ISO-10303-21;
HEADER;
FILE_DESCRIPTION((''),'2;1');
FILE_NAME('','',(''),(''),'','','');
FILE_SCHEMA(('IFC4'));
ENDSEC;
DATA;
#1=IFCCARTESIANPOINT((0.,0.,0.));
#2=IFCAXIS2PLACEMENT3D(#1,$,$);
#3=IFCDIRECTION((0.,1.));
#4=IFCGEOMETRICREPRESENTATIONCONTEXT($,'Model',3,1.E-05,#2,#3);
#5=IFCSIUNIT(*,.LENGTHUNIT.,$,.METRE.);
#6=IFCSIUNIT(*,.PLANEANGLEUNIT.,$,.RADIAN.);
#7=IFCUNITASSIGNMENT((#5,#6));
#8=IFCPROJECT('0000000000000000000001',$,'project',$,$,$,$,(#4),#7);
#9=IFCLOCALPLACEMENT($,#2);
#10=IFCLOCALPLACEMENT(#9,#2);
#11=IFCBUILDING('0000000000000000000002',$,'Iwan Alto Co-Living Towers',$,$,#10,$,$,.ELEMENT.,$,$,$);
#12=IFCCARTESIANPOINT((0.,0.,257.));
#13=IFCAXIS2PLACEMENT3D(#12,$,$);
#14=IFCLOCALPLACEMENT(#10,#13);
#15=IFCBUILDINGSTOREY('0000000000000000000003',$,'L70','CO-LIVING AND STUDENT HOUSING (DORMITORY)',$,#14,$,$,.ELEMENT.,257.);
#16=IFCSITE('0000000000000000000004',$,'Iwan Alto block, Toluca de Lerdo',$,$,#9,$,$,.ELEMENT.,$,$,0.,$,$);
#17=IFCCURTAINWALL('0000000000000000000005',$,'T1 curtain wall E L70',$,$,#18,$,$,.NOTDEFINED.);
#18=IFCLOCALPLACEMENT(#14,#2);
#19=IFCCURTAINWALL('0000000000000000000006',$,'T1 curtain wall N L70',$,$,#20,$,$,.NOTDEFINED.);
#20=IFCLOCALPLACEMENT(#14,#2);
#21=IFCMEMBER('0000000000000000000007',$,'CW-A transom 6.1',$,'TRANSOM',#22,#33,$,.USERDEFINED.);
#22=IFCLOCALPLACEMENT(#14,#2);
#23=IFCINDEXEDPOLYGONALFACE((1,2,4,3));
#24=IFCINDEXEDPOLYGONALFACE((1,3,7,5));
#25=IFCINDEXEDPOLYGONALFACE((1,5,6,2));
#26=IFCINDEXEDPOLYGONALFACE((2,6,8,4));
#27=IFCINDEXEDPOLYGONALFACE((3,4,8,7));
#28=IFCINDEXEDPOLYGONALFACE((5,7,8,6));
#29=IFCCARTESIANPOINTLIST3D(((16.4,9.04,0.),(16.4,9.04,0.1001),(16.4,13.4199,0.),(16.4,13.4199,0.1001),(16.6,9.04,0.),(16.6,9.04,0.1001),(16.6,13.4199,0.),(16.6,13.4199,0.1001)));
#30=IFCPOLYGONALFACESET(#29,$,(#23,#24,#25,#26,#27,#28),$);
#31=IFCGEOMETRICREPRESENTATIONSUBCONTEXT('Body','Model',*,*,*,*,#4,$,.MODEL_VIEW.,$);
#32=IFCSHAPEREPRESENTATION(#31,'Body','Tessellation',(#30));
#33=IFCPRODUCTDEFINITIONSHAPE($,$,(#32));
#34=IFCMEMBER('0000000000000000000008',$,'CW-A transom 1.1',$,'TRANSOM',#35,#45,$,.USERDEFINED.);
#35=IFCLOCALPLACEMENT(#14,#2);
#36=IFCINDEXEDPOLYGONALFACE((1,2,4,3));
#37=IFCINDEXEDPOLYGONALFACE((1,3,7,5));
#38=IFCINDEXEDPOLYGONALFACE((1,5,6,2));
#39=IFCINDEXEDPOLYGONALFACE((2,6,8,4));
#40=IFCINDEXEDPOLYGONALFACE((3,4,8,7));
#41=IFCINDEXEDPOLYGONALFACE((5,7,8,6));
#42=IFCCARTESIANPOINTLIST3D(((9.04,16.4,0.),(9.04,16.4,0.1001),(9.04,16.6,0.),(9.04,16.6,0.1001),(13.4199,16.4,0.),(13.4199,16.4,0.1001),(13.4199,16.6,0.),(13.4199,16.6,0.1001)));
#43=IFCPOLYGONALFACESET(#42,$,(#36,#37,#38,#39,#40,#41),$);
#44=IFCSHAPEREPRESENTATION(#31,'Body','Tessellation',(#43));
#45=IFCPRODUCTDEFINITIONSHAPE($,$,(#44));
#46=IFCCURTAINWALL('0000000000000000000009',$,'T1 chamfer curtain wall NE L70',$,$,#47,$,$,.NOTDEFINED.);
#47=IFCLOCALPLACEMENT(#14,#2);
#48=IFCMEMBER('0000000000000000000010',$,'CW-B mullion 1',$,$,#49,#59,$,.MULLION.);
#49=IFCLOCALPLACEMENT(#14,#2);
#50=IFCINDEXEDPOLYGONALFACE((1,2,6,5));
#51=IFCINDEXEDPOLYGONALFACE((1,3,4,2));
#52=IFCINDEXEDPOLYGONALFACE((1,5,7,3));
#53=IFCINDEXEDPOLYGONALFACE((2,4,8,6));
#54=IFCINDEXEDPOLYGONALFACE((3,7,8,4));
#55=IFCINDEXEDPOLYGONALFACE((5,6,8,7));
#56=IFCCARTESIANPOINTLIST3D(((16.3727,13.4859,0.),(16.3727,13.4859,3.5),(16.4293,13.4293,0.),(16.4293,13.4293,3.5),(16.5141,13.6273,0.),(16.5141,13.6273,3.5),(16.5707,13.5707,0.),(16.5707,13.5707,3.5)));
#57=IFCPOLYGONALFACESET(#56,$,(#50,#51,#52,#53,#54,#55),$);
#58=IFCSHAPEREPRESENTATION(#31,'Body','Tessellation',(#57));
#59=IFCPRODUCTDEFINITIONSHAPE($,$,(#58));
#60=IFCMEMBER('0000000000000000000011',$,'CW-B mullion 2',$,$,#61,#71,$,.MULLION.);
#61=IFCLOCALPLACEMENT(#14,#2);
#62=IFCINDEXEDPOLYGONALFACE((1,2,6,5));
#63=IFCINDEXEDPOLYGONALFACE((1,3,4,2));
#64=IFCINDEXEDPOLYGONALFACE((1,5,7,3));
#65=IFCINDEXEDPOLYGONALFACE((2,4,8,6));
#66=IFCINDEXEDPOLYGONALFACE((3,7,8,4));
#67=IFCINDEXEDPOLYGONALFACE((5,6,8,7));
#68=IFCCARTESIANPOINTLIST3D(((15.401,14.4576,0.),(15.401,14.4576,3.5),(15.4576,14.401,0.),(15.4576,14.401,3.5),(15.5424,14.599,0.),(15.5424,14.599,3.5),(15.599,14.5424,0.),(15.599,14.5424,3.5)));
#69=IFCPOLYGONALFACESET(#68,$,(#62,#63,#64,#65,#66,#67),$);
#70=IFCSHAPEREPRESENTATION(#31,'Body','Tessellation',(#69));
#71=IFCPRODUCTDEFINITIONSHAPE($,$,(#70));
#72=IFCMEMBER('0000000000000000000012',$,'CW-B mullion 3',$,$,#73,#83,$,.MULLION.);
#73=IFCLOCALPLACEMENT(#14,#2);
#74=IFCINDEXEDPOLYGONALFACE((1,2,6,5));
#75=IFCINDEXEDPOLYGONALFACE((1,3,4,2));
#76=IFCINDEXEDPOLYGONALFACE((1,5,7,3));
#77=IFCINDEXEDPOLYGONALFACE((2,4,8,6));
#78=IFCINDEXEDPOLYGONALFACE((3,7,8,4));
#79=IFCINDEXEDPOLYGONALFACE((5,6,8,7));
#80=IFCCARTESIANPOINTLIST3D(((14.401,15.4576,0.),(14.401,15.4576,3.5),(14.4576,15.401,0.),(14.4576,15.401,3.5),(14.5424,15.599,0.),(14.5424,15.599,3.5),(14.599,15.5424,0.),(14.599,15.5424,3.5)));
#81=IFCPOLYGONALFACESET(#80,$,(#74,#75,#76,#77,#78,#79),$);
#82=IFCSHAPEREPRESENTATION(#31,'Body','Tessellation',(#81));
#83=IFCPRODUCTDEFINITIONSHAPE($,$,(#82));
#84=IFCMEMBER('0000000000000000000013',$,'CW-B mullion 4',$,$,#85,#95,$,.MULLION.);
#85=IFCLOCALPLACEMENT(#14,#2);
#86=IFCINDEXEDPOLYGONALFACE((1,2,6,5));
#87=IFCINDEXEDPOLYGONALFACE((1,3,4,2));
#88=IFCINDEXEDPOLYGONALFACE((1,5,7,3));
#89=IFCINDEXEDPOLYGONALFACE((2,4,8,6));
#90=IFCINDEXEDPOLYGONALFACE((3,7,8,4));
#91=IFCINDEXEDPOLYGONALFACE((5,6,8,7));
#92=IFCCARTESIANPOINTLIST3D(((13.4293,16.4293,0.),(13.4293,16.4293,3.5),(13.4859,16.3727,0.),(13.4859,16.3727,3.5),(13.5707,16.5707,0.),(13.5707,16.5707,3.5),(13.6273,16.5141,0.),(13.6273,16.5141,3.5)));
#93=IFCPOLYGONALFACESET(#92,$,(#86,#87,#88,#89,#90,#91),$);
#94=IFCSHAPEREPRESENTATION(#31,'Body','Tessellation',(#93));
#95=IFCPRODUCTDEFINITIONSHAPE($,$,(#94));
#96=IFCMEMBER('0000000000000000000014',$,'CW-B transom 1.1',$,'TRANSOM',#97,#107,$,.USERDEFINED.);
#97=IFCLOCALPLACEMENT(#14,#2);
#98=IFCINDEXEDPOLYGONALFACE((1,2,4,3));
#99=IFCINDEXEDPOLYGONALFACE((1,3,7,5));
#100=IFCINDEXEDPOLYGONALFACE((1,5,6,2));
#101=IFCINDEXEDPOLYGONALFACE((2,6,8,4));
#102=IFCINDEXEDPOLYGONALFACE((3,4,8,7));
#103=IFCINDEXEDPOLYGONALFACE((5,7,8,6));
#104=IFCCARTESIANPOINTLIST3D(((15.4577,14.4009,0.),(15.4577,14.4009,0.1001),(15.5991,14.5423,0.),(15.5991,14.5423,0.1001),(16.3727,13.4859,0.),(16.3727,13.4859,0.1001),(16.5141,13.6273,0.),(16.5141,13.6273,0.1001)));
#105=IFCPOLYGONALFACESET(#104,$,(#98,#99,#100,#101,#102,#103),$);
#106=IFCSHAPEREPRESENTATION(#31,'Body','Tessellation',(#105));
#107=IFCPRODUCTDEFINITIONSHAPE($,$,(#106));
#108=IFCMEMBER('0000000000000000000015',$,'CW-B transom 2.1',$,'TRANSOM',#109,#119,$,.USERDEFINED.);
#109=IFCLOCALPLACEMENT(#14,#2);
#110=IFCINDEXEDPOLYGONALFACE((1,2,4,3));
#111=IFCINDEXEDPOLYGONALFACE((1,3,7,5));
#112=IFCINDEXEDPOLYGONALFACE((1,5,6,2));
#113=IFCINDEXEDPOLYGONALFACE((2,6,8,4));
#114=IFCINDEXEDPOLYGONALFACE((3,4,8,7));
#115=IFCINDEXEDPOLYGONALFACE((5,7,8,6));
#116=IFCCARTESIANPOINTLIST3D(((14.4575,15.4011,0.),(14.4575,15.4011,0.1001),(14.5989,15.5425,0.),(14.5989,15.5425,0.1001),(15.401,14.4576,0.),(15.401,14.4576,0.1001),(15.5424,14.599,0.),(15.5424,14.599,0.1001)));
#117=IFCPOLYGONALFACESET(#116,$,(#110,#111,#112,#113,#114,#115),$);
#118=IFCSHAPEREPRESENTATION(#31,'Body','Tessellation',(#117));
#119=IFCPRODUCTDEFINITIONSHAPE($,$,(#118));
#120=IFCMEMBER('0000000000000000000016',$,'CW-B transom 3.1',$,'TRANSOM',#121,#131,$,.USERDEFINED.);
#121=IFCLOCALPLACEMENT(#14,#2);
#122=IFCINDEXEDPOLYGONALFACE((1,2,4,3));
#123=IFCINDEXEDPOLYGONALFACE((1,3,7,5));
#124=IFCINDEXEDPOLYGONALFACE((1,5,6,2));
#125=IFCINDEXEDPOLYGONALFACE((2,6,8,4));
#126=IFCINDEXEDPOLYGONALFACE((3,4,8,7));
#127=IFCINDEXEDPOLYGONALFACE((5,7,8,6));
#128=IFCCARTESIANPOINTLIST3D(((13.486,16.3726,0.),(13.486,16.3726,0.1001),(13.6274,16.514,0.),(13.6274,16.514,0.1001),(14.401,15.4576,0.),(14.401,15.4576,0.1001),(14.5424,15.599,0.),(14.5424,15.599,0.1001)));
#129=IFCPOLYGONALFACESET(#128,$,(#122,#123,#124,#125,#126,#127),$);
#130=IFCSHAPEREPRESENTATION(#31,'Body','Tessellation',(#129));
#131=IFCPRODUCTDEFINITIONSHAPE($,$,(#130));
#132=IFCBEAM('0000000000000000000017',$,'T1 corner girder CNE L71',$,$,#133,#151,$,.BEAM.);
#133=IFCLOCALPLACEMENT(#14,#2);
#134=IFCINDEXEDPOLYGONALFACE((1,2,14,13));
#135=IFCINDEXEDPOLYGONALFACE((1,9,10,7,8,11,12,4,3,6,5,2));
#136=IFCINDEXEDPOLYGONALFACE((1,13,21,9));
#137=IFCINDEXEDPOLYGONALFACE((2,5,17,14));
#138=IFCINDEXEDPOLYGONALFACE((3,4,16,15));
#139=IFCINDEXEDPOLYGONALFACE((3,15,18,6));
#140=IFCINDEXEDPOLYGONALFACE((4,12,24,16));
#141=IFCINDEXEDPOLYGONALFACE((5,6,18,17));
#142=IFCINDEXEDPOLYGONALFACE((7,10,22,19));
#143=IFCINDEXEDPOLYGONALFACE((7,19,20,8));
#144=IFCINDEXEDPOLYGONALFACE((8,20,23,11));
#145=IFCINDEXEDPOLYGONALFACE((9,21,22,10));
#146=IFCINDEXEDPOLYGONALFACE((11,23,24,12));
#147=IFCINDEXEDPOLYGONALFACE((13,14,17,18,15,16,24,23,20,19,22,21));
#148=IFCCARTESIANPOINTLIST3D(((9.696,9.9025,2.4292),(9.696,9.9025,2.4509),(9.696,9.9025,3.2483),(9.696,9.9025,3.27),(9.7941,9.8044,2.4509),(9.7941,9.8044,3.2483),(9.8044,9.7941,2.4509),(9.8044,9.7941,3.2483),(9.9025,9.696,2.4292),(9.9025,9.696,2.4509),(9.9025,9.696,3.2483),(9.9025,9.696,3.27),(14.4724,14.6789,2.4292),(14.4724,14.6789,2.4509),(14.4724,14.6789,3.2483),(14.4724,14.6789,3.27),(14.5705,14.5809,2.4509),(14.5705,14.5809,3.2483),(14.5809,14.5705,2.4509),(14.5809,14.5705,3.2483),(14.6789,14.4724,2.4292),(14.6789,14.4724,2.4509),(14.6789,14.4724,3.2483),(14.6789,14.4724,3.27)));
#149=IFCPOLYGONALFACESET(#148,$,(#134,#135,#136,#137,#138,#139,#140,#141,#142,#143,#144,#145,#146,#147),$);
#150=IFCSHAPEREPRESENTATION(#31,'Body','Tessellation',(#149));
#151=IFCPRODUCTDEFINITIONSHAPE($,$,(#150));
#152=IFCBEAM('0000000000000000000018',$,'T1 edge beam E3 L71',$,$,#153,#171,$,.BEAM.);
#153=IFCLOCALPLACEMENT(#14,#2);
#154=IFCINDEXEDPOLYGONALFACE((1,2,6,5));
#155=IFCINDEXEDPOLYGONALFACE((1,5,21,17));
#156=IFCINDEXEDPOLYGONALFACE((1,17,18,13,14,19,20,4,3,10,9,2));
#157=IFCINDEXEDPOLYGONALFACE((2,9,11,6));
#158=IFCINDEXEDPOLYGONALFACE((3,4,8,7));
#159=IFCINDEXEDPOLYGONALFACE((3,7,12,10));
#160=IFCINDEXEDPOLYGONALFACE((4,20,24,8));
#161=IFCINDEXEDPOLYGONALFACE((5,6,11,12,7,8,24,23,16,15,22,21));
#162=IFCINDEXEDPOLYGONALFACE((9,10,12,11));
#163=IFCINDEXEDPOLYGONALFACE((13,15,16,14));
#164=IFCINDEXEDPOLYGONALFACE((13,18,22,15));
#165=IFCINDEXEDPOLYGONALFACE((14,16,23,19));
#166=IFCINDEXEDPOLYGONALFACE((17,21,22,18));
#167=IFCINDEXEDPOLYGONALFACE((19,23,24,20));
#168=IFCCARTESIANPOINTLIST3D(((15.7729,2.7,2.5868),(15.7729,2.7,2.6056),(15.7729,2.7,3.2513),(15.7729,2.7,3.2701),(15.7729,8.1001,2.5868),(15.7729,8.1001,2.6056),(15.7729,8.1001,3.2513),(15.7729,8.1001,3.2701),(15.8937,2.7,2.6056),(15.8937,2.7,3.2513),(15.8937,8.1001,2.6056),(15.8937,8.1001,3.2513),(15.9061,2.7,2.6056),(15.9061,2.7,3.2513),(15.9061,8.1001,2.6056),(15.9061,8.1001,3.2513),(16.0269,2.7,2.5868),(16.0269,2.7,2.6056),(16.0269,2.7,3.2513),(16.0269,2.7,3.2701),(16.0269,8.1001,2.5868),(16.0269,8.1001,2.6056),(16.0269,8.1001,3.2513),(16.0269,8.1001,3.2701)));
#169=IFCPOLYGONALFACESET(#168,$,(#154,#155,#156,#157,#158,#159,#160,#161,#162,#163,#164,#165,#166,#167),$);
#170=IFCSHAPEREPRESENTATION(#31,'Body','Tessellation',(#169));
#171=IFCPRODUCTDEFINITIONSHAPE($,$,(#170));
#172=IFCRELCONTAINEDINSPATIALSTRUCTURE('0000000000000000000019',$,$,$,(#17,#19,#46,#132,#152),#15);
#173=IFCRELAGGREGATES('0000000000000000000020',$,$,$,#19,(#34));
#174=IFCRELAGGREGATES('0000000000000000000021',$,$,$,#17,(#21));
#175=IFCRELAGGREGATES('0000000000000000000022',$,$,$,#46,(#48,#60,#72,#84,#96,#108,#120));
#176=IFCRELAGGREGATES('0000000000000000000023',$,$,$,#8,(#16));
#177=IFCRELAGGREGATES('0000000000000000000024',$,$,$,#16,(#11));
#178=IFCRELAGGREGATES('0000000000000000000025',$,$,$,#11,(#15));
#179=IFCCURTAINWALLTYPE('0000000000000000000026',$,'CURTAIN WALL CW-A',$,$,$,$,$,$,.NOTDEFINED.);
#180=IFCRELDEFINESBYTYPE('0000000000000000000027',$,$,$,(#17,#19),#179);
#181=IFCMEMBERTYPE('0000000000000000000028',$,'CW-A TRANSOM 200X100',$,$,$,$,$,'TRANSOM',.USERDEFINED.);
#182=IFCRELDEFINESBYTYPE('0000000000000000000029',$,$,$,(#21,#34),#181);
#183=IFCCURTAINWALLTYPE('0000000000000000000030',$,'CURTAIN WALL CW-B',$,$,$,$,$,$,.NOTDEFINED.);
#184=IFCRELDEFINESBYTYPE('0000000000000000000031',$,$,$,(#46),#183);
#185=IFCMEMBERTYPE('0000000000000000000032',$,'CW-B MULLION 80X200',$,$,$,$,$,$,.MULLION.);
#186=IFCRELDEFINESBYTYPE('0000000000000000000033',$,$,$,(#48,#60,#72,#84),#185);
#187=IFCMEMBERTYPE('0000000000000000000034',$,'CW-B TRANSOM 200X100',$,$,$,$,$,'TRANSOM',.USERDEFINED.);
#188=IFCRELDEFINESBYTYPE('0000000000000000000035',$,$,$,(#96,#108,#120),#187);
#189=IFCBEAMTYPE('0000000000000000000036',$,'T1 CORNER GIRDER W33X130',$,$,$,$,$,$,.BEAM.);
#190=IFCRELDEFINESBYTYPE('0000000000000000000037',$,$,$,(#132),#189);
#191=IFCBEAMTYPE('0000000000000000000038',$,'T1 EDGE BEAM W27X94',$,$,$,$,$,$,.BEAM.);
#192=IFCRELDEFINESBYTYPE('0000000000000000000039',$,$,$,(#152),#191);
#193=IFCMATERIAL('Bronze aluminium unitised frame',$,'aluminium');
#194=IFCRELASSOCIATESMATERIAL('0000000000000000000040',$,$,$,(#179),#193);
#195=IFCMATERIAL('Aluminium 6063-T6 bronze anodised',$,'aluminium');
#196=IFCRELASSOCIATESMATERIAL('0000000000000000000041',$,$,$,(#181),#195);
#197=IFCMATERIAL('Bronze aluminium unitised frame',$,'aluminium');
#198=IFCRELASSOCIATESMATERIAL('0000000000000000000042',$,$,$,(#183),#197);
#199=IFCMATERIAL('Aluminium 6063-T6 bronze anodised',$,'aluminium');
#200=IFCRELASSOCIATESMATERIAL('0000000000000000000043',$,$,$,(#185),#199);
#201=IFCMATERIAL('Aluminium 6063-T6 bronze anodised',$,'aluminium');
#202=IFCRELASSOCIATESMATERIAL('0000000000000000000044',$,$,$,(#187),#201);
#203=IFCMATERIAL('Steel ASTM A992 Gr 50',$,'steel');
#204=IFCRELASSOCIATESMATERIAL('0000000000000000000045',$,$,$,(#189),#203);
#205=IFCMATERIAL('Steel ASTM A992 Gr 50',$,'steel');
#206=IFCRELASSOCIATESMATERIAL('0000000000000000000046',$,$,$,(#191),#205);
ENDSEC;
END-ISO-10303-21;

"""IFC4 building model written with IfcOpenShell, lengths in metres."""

from ifc_helpers import new_model, si_unit, direction, frame, origin, origin_2d, place, context, subcontext, project, spatial, rectangle, i_section, extrude, material, material_profile, profile_set, type_object, element, aggregate, save


model = new_model("IFC4")

# Units and contexts
model_context = context("Model", 3, precision=1e-05, world=origin(), true_north=direction((0.0, 1.0)))
body_context = subcontext(model_context, "Body", "Model", "MODEL_VIEW")
ifc_project = project(units=[si_unit("LENGTHUNIT", "METRE"), si_unit("PLANEANGLEUNIT", "RADIAN")], contexts=[model_context])

# Site, building, storey
site_placement = place(None, origin())
site = spatial("IfcSite", under=ifc_project, at=site_placement, Name="Iwan Alto block, Toluca de Lerdo", CompositionType="ELEMENT", RefElevation=0.0)
building_placement = place(site_placement, origin())
building = spatial("IfcBuilding", under=site, at=building_placement, Name="Iwan Alto Co-Living Towers", CompositionType="ELEMENT")
storey_placement = place(building_placement, frame((0.0, 0.0, 257.0)))
storey = spatial("IfcBuildingStorey", under=building, at=storey_placement, Name="L70", Description="CO-LIVING AND STUDENT HOUSING (DORMITORY)", CompositionType="ELEMENT", Elevation=257.0)

# Curtain wall
ifc_material_1 = material(Name="Bronze aluminium unitised frame", Category="aluminium")
curtain_wall_type_1 = type_object("IfcCurtainWallType", Name="CURTAIN WALL CW-A", PredefinedType="NOTDEFINED", material=ifc_material_1)
curtain_wall_1_placement = place(storey_placement, origin())
curtain_wall_1 = element("IfcCurtainWall", 1, at=curtain_wall_1_placement, inside=storey, type_object=curtain_wall_type_1, Name="T1 curtain wall E L70", PredefinedType="NOTDEFINED")

# Curtain wall
curtain_wall_2_placement = place(storey_placement, origin())
curtain_wall_2 = element("IfcCurtainWall", 2, at=curtain_wall_2_placement, inside=storey, type_object=curtain_wall_type_1, Name="T1 curtain wall N L70", PredefinedType="NOTDEFINED")

# Members
ifc_material_2 = material(Name="Aluminium 6063-T6 bronze anodised", Category="aluminium")
ifc_material_profile_1 = material_profile(ifc_material_2, rectangle(XDim=0.2, YDim=0.1001, at=origin_2d()), Name="AL 200X100")
ifc_profile_set_1 = profile_set([ifc_material_profile_1], Name="Aluminium 6063-T6 bronze anodised")
member_type_1 = type_object("IfcMemberType", Name="CW-A TRANSOM 200X100", ElementType="TRANSOM", PredefinedType="USERDEFINED", material=ifc_profile_set_1)
member_1_placement = place(storey_placement, frame((16.5, 9.04, 0.05), z_axis=(0.0, 1.0, 0.0), x_axis=(-1.0, 0.0, 0.0)))
member_1 = element("IfcMember", 3, at=member_1_placement, type_object=member_type_1, Name="CW-A transom 6.1", ObjectType="TRANSOM", PredefinedType="USERDEFINED", context=body_context, shape_type="SweptSolid", body=[
    extrude(rectangle(XDim=0.2, YDim=0.1001, at=origin_2d()), origin(), (0.0, 0.0, 1.0), 4.3799),
])
member_2_placement = place(storey_placement, frame((13.4199, 16.5, 0.05), z_axis=(-1.0, 0.0, 0.0), x_axis=(0.0, -1.0, 0.0)))
member_2 = element("IfcMember", 4, at=member_2_placement, type_object=member_type_1, Name="CW-A transom 1.1", ObjectType="TRANSOM", PredefinedType="USERDEFINED", context=body_context, shape_type="SweptSolid", body=[
    extrude(rectangle(XDim=0.2, YDim=0.1001, at=origin_2d()), origin(), (0.0, 0.0, 1.0), 4.3799),
])
aggregate(curtain_wall_2, [member_2])

# Curtain wall, members
ifc_material_3 = material(Name="Bronze aluminium unitised frame", Category="aluminium")
curtain_wall_type_2 = type_object("IfcCurtainWallType", Name="CURTAIN WALL CW-B", PredefinedType="NOTDEFINED", material=ifc_material_3)
curtain_wall_3_placement = place(storey_placement, origin())
curtain_wall_3 = element("IfcCurtainWall", 5, at=curtain_wall_3_placement, inside=storey, type_object=curtain_wall_type_2, Name="T1 chamfer curtain wall NE L70", PredefinedType="NOTDEFINED")
ifc_material_4 = material(Name="Aluminium 6063-T6 bronze anodised", Category="aluminium")
ifc_material_profile_2 = material_profile(ifc_material_4, rectangle(XDim=0.2, YDim=0.0801, at=origin_2d()), Name="AL 80X200")
ifc_profile_set_2 = profile_set([ifc_material_profile_2], Name="Aluminium 6063-T6 bronze anodised")
member_type_2 = type_object("IfcMemberType", Name="CW-B MULLION 80X200", PredefinedType="MULLION", material=ifc_profile_set_2)
member_3_placement = place(storey_placement, frame((16.4717, 13.5283, 0.0), z_axis=(0.0, 0.0, 1.0), x_axis=(-0.707107, -0.707107, 0.0)))
member_3 = element("IfcMember", 6, at=member_3_placement, type_object=member_type_2, Name="CW-B mullion 1", PredefinedType="MULLION", context=body_context, shape_type="SweptSolid", body=[
    extrude(rectangle(XDim=0.2, YDim=0.0801, at=origin_2d()), origin(), (0.0, 0.0, 1.0), 3.5),
])
member_4_placement = place(storey_placement, frame((15.5, 14.5, 0.0), z_axis=(0.0, 0.0, 1.0), x_axis=(-0.707107, -0.707107, 0.0)))
member_4 = element("IfcMember", 7, at=member_4_placement, type_object=member_type_2, Name="CW-B mullion 2", PredefinedType="MULLION", context=body_context, shape_type="SweptSolid", body=[
    extrude(rectangle(XDim=0.2, YDim=0.0801, at=origin_2d()), origin(), (0.0, 0.0, 1.0), 3.5),
])
member_5_placement = place(storey_placement, frame((14.5, 15.5, 0.0), z_axis=(0.0, 0.0, 1.0), x_axis=(-0.707107, -0.707107, 0.0)))
member_5 = element("IfcMember", 8, at=member_5_placement, type_object=member_type_2, Name="CW-B mullion 3", PredefinedType="MULLION", context=body_context, shape_type="SweptSolid", body=[
    extrude(rectangle(XDim=0.2, YDim=0.0801, at=origin_2d()), origin(), (0.0, 0.0, 1.0), 3.5),
])
member_6_placement = place(storey_placement, frame((13.5283, 16.4717, 0.0), z_axis=(0.0, 0.0, 1.0), x_axis=(-0.707107, -0.707107, 0.0)))
member_6 = element("IfcMember", 9, at=member_6_placement, type_object=member_type_2, Name="CW-B mullion 4", PredefinedType="MULLION", context=body_context, shape_type="SweptSolid", body=[
    extrude(rectangle(XDim=0.2, YDim=0.0801, at=origin_2d()), origin(), (0.0, 0.0, 1.0), 3.5),
])
ifc_material_5 = material(Name="Aluminium 6063-T6 bronze anodised", Category="aluminium")
ifc_material_profile_3 = material_profile(ifc_material_5, rectangle(XDim=0.2, YDim=0.1001, at=origin_2d()), Name="AL 200X100")
ifc_profile_set_3 = profile_set([ifc_material_profile_3], Name="Aluminium 6063-T6 bronze anodised")
member_type_3 = type_object("IfcMemberType", Name="CW-B TRANSOM 200X100", ElementType="TRANSOM", PredefinedType="USERDEFINED", material=ifc_profile_set_3)
member_7_placement = place(storey_placement, frame((16.4434, 13.5566, 0.05), z_axis=(-0.707107, 0.707107, 0.0), x_axis=(-0.707107, -0.707107, 0.0)))
member_7 = element("IfcMember", 10, at=member_7_placement, type_object=member_type_3, Name="CW-B transom 1.1", ObjectType="TRANSOM", PredefinedType="USERDEFINED", context=body_context, shape_type="SweptSolid", body=[
    extrude(rectangle(XDim=0.2, YDim=0.1001, at=origin_2d()), origin(), (0.0, 0.0, 1.0), 1.2939),
])
member_8_placement = place(storey_placement, frame((15.4717, 14.5283, 0.05), z_axis=(-0.707107, 0.707107, 0.0), x_axis=(-0.707107, -0.707107, 0.0)))
member_8 = element("IfcMember", 11, at=member_8_placement, type_object=member_type_3, Name="CW-B transom 2.1", ObjectType="TRANSOM", PredefinedType="USERDEFINED", context=body_context, shape_type="SweptSolid", body=[
    extrude(rectangle(XDim=0.2, YDim=0.1001, at=origin_2d()), origin(), (0.0, 0.0, 1.0), 1.3342),
])
member_9_placement = place(storey_placement, frame((14.4717, 15.5283, 0.05), z_axis=(-0.707107, 0.707107, 0.0), x_axis=(-0.707107, -0.707107, 0.0)))
member_9 = element("IfcMember", 12, at=member_9_placement, type_object=member_type_3, Name="CW-B transom 3.1", ObjectType="TRANSOM", PredefinedType="USERDEFINED", context=body_context, shape_type="SweptSolid", body=[
    extrude(rectangle(XDim=0.2, YDim=0.1001, at=origin_2d()), origin(), (0.0, 0.0, 1.0), 1.2939),
])

# Beams
ifc_material_6 = material(Name="Steel ASTM A992 Gr 50", Category="steel")
ifc_material_profile_4 = material_profile(ifc_material_6, i_section(OverallWidth=0.292, OverallDepth=0.8408, WebThickness=0.0146, FlangeThickness=0.0217, at=origin_2d()), Name="W33X130")
ifc_profile_set_4 = profile_set([ifc_material_profile_4], Name="Steel ASTM A992 Gr 50")
beam_type_1 = type_object("IfcBeamType", Name="T1 CORNER GIRDER W33X130", PredefinedType="BEAM", material=ifc_profile_set_4)
beam_1_placement = place(storey_placement, frame((14.5757, 14.5757, 2.8496), z_axis=(-0.707107, -0.707107, 0.0), x_axis=(0.707107, -0.707107, 0.0)))
element("IfcBeam", 13, at=beam_1_placement, inside=storey, type_object=beam_type_1, Name="T1 corner girder CNE L71", PredefinedType="BEAM", context=body_context, shape_type="SweptSolid", body=[
    extrude(i_section(OverallWidth=0.292, OverallDepth=0.8408, WebThickness=0.0146, FlangeThickness=0.0217, at=origin_2d()), origin(), (0.0, 0.0, 1.0), 6.7549),
])
ifc_material_7 = material(Name="Steel ASTM A992 Gr 50", Category="steel")
ifc_material_profile_5 = material_profile(ifc_material_7, i_section(OverallWidth=0.2539, OverallDepth=0.6833, WebThickness=0.0125, FlangeThickness=0.0188, at=origin_2d()), Name="W27X94")
ifc_profile_set_5 = profile_set([ifc_material_profile_5], Name="Steel ASTM A992 Gr 50")
beam_type_2 = type_object("IfcBeamType", Name="T1 EDGE BEAM W27X94", PredefinedType="BEAM", material=ifc_profile_set_5)
beam_2_placement = place(storey_placement, frame((15.8999, 2.7, 2.9285), z_axis=(0.0, 1.0, 0.0), x_axis=(-1.0, 0.0, 0.0)))
element("IfcBeam", 14, at=beam_2_placement, inside=storey, type_object=beam_type_2, Name="T1 edge beam E3 L71", PredefinedType="BEAM", context=body_context, shape_type="SweptSolid", body=[
    extrude(i_section(OverallWidth=0.2539, OverallDepth=0.6833, WebThickness=0.0125, FlangeThickness=0.0188, at=origin_2d()), origin(), (0.0, 0.0, 1.0), 5.4001),
])

aggregate(curtain_wall_1, [member_1])
aggregate(curtain_wall_3, [member_3, member_4, member_5, member_6, member_7, member_8, member_9])

save(model, "model.ifc")
